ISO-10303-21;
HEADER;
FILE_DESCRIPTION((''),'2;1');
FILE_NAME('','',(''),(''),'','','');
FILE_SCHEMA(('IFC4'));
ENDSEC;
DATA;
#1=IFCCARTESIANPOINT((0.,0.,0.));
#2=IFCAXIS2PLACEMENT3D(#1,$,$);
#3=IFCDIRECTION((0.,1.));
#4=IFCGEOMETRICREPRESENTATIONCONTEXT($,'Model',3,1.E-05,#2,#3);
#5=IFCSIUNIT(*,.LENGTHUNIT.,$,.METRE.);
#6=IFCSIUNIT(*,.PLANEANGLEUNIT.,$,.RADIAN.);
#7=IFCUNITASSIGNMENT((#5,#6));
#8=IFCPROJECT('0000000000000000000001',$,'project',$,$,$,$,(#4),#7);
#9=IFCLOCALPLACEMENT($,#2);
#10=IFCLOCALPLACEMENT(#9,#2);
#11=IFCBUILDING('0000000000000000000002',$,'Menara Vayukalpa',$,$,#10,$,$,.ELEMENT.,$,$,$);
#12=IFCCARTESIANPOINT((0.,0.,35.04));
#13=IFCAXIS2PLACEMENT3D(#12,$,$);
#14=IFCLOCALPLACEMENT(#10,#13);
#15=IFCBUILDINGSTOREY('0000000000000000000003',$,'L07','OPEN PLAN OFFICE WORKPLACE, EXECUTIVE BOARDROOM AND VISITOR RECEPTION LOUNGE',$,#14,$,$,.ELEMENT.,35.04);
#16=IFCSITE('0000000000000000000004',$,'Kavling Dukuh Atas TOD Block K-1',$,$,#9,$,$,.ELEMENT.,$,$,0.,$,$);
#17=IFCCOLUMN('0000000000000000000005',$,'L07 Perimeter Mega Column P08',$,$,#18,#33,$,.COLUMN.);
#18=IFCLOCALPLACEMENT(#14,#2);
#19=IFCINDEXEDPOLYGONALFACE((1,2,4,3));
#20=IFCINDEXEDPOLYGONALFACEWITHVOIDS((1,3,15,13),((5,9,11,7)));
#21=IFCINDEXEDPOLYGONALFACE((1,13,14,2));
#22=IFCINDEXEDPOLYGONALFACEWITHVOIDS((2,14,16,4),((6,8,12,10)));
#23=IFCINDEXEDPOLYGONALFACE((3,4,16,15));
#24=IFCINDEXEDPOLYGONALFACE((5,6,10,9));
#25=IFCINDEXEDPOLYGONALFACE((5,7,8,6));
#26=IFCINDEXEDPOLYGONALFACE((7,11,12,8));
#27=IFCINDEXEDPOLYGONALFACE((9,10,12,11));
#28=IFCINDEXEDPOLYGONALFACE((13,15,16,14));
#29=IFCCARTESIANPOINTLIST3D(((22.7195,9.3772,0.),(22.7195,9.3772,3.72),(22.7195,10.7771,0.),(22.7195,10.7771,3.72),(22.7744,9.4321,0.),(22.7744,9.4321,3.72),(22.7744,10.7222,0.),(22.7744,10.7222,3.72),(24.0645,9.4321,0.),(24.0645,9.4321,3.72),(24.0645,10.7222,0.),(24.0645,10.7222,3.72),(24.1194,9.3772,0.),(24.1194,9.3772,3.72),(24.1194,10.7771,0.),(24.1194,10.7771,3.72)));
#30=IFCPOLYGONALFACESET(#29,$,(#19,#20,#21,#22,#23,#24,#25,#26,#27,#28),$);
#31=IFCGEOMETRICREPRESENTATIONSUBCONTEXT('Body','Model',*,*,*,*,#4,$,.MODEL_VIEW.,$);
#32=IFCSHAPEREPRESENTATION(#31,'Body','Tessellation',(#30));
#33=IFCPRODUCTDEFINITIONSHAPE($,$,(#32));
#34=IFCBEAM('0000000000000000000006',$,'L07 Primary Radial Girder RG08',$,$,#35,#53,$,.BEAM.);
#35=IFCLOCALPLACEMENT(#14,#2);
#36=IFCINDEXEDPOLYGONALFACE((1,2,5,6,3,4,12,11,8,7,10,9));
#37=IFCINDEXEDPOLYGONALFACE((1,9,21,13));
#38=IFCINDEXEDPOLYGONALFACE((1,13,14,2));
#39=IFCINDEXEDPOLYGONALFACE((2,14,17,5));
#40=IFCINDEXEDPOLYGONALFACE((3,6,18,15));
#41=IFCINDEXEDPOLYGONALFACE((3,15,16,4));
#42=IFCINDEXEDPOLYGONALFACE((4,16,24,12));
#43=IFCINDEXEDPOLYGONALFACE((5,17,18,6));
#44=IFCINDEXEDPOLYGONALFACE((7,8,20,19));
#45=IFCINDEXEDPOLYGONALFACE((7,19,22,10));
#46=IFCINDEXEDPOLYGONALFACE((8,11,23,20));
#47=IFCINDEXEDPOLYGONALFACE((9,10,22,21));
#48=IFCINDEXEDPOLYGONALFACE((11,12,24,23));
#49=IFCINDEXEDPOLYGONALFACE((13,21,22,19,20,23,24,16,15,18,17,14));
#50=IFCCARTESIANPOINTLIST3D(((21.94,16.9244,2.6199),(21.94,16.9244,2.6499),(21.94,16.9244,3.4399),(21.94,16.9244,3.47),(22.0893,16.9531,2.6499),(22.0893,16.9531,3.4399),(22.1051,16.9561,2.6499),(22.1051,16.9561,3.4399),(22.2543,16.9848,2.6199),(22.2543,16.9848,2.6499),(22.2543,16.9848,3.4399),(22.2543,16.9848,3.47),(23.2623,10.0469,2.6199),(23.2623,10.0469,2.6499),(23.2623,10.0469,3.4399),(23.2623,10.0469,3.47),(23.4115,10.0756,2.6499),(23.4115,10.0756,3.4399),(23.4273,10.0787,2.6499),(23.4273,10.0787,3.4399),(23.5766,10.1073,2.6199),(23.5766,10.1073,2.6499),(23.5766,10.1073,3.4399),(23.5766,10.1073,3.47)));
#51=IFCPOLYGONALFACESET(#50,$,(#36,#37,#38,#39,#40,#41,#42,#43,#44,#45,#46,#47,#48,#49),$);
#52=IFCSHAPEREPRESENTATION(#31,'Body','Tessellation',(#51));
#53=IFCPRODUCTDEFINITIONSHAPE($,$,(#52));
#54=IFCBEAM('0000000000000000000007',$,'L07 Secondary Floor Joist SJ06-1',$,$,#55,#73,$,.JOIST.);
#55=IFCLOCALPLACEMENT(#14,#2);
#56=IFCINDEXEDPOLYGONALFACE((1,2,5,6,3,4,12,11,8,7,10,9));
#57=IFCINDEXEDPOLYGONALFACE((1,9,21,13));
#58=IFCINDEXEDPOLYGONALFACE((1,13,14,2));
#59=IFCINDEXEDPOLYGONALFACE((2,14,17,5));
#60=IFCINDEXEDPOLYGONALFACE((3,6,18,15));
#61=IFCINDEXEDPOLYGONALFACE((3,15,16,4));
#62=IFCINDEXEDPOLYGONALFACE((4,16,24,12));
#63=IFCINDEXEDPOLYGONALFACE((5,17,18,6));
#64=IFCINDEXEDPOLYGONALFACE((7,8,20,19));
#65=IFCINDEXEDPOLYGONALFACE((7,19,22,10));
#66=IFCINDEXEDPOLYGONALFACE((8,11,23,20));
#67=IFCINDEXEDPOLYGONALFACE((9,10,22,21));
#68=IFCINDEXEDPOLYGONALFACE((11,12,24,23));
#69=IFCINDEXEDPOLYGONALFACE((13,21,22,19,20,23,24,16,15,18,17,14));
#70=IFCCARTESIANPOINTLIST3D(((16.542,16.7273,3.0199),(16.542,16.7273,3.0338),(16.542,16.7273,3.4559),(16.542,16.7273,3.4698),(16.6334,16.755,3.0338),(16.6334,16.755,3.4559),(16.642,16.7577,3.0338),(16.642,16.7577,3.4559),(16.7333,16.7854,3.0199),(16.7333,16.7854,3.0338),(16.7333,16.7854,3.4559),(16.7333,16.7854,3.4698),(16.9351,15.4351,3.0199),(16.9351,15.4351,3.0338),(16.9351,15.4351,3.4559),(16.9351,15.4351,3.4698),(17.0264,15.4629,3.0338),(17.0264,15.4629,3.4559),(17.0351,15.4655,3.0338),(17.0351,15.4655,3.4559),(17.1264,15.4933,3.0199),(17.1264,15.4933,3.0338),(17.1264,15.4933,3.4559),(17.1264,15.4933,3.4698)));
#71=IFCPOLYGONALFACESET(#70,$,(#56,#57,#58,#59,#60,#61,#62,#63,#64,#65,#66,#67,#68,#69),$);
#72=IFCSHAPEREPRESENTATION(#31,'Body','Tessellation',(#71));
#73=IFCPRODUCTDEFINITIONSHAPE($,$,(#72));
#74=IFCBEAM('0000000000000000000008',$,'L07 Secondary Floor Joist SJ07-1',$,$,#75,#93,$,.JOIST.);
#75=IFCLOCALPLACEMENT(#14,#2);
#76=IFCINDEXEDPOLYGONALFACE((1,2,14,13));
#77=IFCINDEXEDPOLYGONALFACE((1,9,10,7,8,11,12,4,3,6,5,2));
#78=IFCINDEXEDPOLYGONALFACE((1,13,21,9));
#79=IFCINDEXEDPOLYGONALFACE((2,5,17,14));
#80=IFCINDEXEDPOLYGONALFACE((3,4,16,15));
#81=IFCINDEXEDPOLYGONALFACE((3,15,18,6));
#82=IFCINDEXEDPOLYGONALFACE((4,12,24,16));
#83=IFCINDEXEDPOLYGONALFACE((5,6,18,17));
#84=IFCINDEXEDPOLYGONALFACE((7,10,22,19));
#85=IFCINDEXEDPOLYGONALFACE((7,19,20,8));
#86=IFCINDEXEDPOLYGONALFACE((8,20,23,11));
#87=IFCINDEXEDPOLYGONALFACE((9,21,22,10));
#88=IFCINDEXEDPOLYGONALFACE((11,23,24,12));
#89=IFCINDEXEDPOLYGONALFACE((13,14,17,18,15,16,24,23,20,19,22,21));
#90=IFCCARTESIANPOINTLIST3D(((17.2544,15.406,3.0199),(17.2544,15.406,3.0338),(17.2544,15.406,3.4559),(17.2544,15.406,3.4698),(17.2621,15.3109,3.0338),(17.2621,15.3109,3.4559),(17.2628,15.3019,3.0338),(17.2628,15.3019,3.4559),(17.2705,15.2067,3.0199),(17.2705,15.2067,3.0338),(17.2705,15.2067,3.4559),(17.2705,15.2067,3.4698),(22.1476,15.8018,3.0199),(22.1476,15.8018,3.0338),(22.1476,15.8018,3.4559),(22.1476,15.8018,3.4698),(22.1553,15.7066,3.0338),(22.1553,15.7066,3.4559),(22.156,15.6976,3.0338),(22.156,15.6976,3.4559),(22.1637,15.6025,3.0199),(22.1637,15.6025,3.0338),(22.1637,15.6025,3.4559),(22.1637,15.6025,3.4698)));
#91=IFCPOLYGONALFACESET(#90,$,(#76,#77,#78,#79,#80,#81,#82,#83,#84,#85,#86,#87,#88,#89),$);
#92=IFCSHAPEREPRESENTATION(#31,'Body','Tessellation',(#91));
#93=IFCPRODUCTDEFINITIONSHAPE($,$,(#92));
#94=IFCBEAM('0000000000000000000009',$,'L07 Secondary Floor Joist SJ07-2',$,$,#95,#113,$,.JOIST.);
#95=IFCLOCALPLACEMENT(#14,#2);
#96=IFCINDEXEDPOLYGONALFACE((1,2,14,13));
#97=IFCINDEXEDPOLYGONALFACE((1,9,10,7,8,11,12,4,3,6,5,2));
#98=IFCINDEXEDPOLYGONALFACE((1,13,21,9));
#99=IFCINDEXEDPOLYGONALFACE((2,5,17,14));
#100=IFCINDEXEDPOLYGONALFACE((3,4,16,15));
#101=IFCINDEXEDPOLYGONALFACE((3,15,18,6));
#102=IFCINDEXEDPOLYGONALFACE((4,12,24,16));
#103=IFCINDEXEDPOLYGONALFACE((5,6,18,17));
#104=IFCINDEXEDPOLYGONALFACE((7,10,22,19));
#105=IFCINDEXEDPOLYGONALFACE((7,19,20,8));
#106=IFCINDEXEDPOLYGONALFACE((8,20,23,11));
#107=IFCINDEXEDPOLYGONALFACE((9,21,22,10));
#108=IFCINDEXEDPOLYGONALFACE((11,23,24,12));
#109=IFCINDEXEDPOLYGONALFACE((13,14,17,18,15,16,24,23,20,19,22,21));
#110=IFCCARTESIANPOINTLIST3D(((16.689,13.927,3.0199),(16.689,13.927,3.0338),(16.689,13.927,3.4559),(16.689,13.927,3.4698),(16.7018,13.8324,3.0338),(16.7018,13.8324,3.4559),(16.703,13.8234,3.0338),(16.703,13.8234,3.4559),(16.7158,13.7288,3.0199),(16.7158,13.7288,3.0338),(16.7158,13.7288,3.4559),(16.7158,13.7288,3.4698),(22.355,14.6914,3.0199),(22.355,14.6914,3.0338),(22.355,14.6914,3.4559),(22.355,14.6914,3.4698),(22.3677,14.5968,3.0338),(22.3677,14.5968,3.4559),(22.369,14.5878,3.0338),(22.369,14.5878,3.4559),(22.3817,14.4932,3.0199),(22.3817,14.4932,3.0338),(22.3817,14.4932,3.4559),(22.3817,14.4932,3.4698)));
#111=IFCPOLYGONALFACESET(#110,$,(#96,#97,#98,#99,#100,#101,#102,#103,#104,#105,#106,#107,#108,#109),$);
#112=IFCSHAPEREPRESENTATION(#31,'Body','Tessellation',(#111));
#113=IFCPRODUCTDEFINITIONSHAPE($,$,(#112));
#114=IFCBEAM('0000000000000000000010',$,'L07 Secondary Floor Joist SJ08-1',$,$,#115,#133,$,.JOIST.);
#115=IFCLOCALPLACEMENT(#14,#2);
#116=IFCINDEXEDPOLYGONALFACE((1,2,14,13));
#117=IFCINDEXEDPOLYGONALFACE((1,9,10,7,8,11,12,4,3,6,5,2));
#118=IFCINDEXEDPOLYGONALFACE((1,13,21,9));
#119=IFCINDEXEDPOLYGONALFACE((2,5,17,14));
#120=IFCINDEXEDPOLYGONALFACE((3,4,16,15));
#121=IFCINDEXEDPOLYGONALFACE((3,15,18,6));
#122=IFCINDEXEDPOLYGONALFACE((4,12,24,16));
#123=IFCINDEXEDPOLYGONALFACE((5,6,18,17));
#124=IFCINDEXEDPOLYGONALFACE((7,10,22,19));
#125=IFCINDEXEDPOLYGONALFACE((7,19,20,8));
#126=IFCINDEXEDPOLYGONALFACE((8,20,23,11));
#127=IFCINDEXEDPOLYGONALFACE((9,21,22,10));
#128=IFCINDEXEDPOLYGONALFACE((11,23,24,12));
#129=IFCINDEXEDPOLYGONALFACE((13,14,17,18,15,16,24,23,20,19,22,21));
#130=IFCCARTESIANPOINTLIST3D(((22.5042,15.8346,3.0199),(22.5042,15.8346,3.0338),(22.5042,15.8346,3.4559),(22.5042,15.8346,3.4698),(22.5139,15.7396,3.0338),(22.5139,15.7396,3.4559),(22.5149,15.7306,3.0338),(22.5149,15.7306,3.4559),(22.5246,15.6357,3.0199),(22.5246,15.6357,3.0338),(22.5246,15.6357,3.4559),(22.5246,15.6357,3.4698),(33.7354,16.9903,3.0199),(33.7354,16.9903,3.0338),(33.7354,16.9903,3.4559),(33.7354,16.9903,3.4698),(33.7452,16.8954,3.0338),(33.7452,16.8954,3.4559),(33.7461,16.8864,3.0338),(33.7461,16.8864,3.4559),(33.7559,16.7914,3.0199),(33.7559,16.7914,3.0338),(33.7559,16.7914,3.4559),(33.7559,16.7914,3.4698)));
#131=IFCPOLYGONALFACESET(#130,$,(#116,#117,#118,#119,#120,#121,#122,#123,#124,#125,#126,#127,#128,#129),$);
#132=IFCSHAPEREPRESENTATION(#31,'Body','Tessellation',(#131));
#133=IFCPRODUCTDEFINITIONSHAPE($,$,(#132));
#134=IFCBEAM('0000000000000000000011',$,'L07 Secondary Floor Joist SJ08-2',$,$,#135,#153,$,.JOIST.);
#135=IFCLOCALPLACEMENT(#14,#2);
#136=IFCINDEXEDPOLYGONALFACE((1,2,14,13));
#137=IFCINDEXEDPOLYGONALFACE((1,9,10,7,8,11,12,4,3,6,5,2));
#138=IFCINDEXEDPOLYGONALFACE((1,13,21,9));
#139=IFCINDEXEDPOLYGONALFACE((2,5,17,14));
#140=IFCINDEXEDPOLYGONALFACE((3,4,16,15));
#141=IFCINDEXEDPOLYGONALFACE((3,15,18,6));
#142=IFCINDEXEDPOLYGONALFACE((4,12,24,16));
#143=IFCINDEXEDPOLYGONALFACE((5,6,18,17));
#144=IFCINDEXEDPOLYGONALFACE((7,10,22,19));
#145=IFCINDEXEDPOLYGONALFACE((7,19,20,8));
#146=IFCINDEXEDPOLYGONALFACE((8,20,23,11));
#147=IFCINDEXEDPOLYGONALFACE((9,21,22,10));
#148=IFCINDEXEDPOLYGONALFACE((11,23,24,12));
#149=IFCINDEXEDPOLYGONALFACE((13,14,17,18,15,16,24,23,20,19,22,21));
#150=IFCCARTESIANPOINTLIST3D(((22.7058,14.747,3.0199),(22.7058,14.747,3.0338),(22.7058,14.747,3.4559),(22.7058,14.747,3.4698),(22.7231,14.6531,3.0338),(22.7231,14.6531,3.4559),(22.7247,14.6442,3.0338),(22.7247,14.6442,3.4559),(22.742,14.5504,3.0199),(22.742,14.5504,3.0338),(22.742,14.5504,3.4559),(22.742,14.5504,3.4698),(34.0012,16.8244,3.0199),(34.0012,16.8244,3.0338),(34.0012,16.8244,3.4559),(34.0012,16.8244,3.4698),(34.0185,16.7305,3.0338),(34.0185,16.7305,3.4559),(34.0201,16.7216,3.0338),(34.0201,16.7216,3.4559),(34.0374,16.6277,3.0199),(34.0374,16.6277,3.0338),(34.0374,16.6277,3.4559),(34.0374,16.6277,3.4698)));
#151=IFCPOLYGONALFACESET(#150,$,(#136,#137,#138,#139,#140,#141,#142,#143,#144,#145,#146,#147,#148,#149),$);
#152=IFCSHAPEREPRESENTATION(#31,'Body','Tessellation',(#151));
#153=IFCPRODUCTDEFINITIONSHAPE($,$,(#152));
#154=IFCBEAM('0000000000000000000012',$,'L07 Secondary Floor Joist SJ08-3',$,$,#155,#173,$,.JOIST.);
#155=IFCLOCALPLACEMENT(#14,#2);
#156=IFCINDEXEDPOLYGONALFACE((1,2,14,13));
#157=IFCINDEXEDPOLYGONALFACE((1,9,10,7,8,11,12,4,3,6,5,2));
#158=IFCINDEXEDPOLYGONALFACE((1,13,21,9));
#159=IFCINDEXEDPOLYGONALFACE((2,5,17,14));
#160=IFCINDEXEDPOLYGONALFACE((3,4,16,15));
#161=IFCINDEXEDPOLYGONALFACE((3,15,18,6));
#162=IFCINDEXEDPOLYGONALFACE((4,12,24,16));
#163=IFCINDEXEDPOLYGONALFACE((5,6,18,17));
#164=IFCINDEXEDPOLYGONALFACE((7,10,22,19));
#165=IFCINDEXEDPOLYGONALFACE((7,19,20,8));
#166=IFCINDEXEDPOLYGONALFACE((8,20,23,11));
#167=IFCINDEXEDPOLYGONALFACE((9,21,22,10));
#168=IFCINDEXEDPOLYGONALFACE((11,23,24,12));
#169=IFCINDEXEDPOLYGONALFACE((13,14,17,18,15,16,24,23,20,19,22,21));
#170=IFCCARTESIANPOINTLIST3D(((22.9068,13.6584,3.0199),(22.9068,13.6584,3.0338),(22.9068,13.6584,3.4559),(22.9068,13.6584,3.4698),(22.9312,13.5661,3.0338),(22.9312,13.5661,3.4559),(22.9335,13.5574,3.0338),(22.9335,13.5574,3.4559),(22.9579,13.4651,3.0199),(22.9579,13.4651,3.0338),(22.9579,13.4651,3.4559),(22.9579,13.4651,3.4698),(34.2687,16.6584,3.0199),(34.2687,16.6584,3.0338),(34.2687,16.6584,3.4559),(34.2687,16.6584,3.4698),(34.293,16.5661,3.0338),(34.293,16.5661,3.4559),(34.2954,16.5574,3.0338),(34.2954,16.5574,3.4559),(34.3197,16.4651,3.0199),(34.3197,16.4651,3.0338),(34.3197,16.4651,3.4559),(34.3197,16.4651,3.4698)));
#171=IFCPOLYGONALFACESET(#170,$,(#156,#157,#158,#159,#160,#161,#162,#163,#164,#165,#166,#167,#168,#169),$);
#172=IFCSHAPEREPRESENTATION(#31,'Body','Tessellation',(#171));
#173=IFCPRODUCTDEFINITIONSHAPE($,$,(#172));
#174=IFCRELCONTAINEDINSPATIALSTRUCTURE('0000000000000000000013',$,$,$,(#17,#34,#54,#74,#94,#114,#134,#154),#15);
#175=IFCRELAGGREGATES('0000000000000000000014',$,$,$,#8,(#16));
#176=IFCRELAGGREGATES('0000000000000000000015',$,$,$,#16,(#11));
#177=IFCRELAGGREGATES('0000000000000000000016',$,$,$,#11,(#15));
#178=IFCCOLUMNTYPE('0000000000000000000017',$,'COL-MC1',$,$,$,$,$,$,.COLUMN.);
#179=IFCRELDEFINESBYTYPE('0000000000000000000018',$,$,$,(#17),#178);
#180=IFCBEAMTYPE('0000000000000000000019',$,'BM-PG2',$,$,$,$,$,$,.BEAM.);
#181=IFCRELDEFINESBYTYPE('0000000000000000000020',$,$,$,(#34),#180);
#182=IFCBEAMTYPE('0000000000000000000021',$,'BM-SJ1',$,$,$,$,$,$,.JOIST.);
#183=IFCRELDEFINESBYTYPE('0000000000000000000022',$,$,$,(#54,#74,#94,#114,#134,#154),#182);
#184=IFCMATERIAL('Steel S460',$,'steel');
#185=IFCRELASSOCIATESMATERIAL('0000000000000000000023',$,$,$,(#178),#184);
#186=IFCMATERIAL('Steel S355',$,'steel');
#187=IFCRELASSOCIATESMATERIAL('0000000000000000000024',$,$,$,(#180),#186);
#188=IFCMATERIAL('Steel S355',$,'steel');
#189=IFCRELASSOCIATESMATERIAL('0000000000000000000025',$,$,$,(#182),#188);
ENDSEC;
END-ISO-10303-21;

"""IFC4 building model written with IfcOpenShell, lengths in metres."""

from ifc_helpers import new_model, si_unit, direction, frame, origin, origin_2d, place, context, subcontext, project, spatial, hollow_rectangle, i_section, extrude, material, material_profile, profile_set, type_object, element, save


model = new_model("IFC4")

# Units and contexts
model_context = context("Model", 3, precision=1e-05, world=origin(), true_north=direction((0.0, 1.0)))
body_context = subcontext(model_context, "Body", "Model", "MODEL_VIEW")
ifc_project = project(units=[si_unit("LENGTHUNIT", "METRE"), si_unit("PLANEANGLEUNIT", "RADIAN")], contexts=[model_context])

# Site, building, storey
site_placement = place(None, origin())
site = spatial("IfcSite", under=ifc_project, at=site_placement, Name="Kavling Dukuh Atas TOD Block K-1", CompositionType="ELEMENT", RefElevation=0.0)
building_placement = place(site_placement, origin())
building = spatial("IfcBuilding", under=site, at=building_placement, Name="Menara Vayukalpa", CompositionType="ELEMENT")
storey_placement = place(building_placement, frame((0.0, 0.0, 35.04)))
storey = spatial("IfcBuildingStorey", under=building, at=storey_placement, Name="L07", Description="OPEN PLAN OFFICE WORKPLACE, EXECUTIVE BOARDROOM AND VISITOR RECEPTION LOUNGE", CompositionType="ELEMENT", Elevation=35.04)

# Column
ifc_material_1 = material(Name="Steel S460", Category="steel")
ifc_material_profile_1 = material_profile(ifc_material_1, hollow_rectangle(XDim=1.3999, YDim=1.3999, WallThickness=0.0549, at=origin_2d()), Name="BOX 1400x1400x55")
ifc_profile_set_1 = profile_set([ifc_material_profile_1], Name="Steel S460")
column_type = type_object("IfcColumnType", Name="COL-MC1", PredefinedType="COLUMN", material=ifc_profile_set_1)
column_placement = place(storey_placement, frame((23.4194, 10.0771, 0.0), z_axis=(0.0, 0.0, 1.0), x_axis=(1.0, 0.0, 0.0)))
element("IfcColumn", 1, at=column_placement, inside=storey, type_object=column_type, Name="L07 Perimeter Mega Column P08", PredefinedType="COLUMN", context=body_context, shape_type="SweptSolid", body=[
    extrude(hollow_rectangle(XDim=1.3999, YDim=1.3999, WallThickness=0.0549, at=origin_2d()), origin(), (0.0, 0.0, 1.0), 3.72),
])

# Beams
ifc_material_2 = material(Name="Steel S355", Category="steel")
ifc_material_profile_2 = material_profile(ifc_material_2, i_section(OverallWidth=0.3201, OverallDepth=0.8501, WebThickness=0.0161, FlangeThickness=0.03, at=origin_2d()), Name="WF 850x320x16x30")
ifc_profile_set_2 = profile_set([ifc_material_profile_2], Name="Steel S355")
beam_type_1 = type_object("IfcBeamType", Name="BM-PG2", PredefinedType="BEAM", material=ifc_profile_set_2)
beam_1_placement = place(storey_placement, frame((22.0972, 16.9546, 3.0449), z_axis=(0.188803, -0.982015, 0.0), x_axis=(0.982015, 0.188803, 0.0)))
element("IfcBeam", 2, at=beam_1_placement, inside=storey, type_object=beam_type_1, Name="L07 Primary Radial Girder RG08", PredefinedType="BEAM", context=body_context, shape_type="SweptSolid", body=[
    extrude(i_section(OverallWidth=0.3201, OverallDepth=0.8501, WebThickness=0.0161, FlangeThickness=0.03, at=origin_2d()), origin(), (0.0, 0.0, 1.0), 7.0034),
])
ifc_material_3 = material(Name="Steel S355", Category="steel")
ifc_material_profile_3 = material_profile(ifc_material_3, i_section(OverallWidth=0.2, OverallDepth=0.45, WebThickness=0.009, FlangeThickness=0.0139, at=origin_2d()), Name="WF 450x200x9x14")
ifc_profile_set_3 = profile_set([ifc_material_profile_3], Name="Steel S355")
beam_type_2 = type_object("IfcBeamType", Name="BM-SJ1", PredefinedType="JOIST", material=ifc_profile_set_3)
beam_2_placement = place(storey_placement, frame((16.6377, 16.7563, 3.2449), z_axis=(0.291011, -0.95672, 0.0), x_axis=(0.95672, 0.291011, 0.0)))
element("IfcBeam", 3, at=beam_2_placement, inside=storey, type_object=beam_type_2, Name="L07 Secondary Floor Joist SJ06-1", PredefinedType="JOIST", context=body_context, shape_type="SweptSolid", body=[
    extrude(i_section(OverallWidth=0.2, OverallDepth=0.45, WebThickness=0.009, FlangeThickness=0.0139, at=origin_2d()), origin(), (0.0, 0.0, 1.0), 1.3506),
])
beam_3_placement = place(storey_placement, frame((17.2625, 15.3064, 3.2449), z_axis=(0.996745, 0.080613, 0.0), x_axis=(-0.080613, 0.996745, 0.0)))
element("IfcBeam", 4, at=beam_3_placement, inside=storey, type_object=beam_type_2, Name="L07 Secondary Floor Joist SJ07-1", PredefinedType="JOIST", context=body_context, shape_type="SweptSolid", body=[
    extrude(i_section(OverallWidth=0.2, OverallDepth=0.45, WebThickness=0.009, FlangeThickness=0.0139, at=origin_2d()), origin(), (0.0, 0.0, 1.0), 4.9092),
])
beam_4_placement = place(storey_placement, frame((16.7024, 13.8279, 3.2449), z_axis=(0.991022, 0.133699, 0.0), x_axis=(-0.133699, 0.991022, 0.0)))
element("IfcBeam", 5, at=beam_4_placement, inside=storey, type_object=beam_type_2, Name="L07 Secondary Floor Joist SJ07-2", PredefinedType="JOIST", context=body_context, shape_type="SweptSolid", body=[
    extrude(i_section(OverallWidth=0.2, OverallDepth=0.45, WebThickness=0.009, FlangeThickness=0.0139, at=origin_2d()), origin(), (0.0, 0.0, 1.0), 5.7173),
])
beam_5_placement = place(storey_placement, frame((22.5144, 15.7351, 3.2449), z_axis=(0.994747, 0.102366, 0.0), x_axis=(-0.102366, 0.994747, 0.0)))
element("IfcBeam", 6, at=beam_5_placement, inside=storey, type_object=beam_type_2, Name="L07 Secondary Floor Joist SJ08-1", PredefinedType="JOIST", context=body_context, shape_type="SweptSolid", body=[
    extrude(i_section(OverallWidth=0.2, OverallDepth=0.45, WebThickness=0.009, FlangeThickness=0.0139, at=origin_2d()), origin(), (0.0, 0.0, 1.0), 11.2905),
])
beam_6_placement = place(storey_placement, frame((22.7239, 14.6487, 3.2449), z_axis=(0.983505, 0.180881, 0.0), x_axis=(-0.180881, 0.983505, 0.0)))
element("IfcBeam", 7, at=beam_6_placement, inside=storey, type_object=beam_type_2, Name="L07 Secondary Floor Joist SJ08-2", PredefinedType="JOIST", context=body_context, shape_type="SweptSolid", body=[
    extrude(i_section(OverallWidth=0.2, OverallDepth=0.45, WebThickness=0.009, FlangeThickness=0.0139, at=origin_2d()), origin(), (0.0, 0.0, 1.0), 11.4849),
])
beam_7_placement = place(storey_placement, frame((22.9324, 13.5618, 3.2449), z_axis=(0.966864, 0.255293, 0.0), x_axis=(-0.255293, 0.966864, 0.0)))
element("IfcBeam", 8, at=beam_7_placement, inside=storey, type_object=beam_type_2, Name="L07 Secondary Floor Joist SJ08-3", PredefinedType="JOIST", context=body_context, shape_type="SweptSolid", body=[
    extrude(i_section(OverallWidth=0.2, OverallDepth=0.45, WebThickness=0.009, FlangeThickness=0.0139, at=origin_2d()), origin(), (0.0, 0.0, 1.0), 11.7512),
])

save(model, "model.ifc")
